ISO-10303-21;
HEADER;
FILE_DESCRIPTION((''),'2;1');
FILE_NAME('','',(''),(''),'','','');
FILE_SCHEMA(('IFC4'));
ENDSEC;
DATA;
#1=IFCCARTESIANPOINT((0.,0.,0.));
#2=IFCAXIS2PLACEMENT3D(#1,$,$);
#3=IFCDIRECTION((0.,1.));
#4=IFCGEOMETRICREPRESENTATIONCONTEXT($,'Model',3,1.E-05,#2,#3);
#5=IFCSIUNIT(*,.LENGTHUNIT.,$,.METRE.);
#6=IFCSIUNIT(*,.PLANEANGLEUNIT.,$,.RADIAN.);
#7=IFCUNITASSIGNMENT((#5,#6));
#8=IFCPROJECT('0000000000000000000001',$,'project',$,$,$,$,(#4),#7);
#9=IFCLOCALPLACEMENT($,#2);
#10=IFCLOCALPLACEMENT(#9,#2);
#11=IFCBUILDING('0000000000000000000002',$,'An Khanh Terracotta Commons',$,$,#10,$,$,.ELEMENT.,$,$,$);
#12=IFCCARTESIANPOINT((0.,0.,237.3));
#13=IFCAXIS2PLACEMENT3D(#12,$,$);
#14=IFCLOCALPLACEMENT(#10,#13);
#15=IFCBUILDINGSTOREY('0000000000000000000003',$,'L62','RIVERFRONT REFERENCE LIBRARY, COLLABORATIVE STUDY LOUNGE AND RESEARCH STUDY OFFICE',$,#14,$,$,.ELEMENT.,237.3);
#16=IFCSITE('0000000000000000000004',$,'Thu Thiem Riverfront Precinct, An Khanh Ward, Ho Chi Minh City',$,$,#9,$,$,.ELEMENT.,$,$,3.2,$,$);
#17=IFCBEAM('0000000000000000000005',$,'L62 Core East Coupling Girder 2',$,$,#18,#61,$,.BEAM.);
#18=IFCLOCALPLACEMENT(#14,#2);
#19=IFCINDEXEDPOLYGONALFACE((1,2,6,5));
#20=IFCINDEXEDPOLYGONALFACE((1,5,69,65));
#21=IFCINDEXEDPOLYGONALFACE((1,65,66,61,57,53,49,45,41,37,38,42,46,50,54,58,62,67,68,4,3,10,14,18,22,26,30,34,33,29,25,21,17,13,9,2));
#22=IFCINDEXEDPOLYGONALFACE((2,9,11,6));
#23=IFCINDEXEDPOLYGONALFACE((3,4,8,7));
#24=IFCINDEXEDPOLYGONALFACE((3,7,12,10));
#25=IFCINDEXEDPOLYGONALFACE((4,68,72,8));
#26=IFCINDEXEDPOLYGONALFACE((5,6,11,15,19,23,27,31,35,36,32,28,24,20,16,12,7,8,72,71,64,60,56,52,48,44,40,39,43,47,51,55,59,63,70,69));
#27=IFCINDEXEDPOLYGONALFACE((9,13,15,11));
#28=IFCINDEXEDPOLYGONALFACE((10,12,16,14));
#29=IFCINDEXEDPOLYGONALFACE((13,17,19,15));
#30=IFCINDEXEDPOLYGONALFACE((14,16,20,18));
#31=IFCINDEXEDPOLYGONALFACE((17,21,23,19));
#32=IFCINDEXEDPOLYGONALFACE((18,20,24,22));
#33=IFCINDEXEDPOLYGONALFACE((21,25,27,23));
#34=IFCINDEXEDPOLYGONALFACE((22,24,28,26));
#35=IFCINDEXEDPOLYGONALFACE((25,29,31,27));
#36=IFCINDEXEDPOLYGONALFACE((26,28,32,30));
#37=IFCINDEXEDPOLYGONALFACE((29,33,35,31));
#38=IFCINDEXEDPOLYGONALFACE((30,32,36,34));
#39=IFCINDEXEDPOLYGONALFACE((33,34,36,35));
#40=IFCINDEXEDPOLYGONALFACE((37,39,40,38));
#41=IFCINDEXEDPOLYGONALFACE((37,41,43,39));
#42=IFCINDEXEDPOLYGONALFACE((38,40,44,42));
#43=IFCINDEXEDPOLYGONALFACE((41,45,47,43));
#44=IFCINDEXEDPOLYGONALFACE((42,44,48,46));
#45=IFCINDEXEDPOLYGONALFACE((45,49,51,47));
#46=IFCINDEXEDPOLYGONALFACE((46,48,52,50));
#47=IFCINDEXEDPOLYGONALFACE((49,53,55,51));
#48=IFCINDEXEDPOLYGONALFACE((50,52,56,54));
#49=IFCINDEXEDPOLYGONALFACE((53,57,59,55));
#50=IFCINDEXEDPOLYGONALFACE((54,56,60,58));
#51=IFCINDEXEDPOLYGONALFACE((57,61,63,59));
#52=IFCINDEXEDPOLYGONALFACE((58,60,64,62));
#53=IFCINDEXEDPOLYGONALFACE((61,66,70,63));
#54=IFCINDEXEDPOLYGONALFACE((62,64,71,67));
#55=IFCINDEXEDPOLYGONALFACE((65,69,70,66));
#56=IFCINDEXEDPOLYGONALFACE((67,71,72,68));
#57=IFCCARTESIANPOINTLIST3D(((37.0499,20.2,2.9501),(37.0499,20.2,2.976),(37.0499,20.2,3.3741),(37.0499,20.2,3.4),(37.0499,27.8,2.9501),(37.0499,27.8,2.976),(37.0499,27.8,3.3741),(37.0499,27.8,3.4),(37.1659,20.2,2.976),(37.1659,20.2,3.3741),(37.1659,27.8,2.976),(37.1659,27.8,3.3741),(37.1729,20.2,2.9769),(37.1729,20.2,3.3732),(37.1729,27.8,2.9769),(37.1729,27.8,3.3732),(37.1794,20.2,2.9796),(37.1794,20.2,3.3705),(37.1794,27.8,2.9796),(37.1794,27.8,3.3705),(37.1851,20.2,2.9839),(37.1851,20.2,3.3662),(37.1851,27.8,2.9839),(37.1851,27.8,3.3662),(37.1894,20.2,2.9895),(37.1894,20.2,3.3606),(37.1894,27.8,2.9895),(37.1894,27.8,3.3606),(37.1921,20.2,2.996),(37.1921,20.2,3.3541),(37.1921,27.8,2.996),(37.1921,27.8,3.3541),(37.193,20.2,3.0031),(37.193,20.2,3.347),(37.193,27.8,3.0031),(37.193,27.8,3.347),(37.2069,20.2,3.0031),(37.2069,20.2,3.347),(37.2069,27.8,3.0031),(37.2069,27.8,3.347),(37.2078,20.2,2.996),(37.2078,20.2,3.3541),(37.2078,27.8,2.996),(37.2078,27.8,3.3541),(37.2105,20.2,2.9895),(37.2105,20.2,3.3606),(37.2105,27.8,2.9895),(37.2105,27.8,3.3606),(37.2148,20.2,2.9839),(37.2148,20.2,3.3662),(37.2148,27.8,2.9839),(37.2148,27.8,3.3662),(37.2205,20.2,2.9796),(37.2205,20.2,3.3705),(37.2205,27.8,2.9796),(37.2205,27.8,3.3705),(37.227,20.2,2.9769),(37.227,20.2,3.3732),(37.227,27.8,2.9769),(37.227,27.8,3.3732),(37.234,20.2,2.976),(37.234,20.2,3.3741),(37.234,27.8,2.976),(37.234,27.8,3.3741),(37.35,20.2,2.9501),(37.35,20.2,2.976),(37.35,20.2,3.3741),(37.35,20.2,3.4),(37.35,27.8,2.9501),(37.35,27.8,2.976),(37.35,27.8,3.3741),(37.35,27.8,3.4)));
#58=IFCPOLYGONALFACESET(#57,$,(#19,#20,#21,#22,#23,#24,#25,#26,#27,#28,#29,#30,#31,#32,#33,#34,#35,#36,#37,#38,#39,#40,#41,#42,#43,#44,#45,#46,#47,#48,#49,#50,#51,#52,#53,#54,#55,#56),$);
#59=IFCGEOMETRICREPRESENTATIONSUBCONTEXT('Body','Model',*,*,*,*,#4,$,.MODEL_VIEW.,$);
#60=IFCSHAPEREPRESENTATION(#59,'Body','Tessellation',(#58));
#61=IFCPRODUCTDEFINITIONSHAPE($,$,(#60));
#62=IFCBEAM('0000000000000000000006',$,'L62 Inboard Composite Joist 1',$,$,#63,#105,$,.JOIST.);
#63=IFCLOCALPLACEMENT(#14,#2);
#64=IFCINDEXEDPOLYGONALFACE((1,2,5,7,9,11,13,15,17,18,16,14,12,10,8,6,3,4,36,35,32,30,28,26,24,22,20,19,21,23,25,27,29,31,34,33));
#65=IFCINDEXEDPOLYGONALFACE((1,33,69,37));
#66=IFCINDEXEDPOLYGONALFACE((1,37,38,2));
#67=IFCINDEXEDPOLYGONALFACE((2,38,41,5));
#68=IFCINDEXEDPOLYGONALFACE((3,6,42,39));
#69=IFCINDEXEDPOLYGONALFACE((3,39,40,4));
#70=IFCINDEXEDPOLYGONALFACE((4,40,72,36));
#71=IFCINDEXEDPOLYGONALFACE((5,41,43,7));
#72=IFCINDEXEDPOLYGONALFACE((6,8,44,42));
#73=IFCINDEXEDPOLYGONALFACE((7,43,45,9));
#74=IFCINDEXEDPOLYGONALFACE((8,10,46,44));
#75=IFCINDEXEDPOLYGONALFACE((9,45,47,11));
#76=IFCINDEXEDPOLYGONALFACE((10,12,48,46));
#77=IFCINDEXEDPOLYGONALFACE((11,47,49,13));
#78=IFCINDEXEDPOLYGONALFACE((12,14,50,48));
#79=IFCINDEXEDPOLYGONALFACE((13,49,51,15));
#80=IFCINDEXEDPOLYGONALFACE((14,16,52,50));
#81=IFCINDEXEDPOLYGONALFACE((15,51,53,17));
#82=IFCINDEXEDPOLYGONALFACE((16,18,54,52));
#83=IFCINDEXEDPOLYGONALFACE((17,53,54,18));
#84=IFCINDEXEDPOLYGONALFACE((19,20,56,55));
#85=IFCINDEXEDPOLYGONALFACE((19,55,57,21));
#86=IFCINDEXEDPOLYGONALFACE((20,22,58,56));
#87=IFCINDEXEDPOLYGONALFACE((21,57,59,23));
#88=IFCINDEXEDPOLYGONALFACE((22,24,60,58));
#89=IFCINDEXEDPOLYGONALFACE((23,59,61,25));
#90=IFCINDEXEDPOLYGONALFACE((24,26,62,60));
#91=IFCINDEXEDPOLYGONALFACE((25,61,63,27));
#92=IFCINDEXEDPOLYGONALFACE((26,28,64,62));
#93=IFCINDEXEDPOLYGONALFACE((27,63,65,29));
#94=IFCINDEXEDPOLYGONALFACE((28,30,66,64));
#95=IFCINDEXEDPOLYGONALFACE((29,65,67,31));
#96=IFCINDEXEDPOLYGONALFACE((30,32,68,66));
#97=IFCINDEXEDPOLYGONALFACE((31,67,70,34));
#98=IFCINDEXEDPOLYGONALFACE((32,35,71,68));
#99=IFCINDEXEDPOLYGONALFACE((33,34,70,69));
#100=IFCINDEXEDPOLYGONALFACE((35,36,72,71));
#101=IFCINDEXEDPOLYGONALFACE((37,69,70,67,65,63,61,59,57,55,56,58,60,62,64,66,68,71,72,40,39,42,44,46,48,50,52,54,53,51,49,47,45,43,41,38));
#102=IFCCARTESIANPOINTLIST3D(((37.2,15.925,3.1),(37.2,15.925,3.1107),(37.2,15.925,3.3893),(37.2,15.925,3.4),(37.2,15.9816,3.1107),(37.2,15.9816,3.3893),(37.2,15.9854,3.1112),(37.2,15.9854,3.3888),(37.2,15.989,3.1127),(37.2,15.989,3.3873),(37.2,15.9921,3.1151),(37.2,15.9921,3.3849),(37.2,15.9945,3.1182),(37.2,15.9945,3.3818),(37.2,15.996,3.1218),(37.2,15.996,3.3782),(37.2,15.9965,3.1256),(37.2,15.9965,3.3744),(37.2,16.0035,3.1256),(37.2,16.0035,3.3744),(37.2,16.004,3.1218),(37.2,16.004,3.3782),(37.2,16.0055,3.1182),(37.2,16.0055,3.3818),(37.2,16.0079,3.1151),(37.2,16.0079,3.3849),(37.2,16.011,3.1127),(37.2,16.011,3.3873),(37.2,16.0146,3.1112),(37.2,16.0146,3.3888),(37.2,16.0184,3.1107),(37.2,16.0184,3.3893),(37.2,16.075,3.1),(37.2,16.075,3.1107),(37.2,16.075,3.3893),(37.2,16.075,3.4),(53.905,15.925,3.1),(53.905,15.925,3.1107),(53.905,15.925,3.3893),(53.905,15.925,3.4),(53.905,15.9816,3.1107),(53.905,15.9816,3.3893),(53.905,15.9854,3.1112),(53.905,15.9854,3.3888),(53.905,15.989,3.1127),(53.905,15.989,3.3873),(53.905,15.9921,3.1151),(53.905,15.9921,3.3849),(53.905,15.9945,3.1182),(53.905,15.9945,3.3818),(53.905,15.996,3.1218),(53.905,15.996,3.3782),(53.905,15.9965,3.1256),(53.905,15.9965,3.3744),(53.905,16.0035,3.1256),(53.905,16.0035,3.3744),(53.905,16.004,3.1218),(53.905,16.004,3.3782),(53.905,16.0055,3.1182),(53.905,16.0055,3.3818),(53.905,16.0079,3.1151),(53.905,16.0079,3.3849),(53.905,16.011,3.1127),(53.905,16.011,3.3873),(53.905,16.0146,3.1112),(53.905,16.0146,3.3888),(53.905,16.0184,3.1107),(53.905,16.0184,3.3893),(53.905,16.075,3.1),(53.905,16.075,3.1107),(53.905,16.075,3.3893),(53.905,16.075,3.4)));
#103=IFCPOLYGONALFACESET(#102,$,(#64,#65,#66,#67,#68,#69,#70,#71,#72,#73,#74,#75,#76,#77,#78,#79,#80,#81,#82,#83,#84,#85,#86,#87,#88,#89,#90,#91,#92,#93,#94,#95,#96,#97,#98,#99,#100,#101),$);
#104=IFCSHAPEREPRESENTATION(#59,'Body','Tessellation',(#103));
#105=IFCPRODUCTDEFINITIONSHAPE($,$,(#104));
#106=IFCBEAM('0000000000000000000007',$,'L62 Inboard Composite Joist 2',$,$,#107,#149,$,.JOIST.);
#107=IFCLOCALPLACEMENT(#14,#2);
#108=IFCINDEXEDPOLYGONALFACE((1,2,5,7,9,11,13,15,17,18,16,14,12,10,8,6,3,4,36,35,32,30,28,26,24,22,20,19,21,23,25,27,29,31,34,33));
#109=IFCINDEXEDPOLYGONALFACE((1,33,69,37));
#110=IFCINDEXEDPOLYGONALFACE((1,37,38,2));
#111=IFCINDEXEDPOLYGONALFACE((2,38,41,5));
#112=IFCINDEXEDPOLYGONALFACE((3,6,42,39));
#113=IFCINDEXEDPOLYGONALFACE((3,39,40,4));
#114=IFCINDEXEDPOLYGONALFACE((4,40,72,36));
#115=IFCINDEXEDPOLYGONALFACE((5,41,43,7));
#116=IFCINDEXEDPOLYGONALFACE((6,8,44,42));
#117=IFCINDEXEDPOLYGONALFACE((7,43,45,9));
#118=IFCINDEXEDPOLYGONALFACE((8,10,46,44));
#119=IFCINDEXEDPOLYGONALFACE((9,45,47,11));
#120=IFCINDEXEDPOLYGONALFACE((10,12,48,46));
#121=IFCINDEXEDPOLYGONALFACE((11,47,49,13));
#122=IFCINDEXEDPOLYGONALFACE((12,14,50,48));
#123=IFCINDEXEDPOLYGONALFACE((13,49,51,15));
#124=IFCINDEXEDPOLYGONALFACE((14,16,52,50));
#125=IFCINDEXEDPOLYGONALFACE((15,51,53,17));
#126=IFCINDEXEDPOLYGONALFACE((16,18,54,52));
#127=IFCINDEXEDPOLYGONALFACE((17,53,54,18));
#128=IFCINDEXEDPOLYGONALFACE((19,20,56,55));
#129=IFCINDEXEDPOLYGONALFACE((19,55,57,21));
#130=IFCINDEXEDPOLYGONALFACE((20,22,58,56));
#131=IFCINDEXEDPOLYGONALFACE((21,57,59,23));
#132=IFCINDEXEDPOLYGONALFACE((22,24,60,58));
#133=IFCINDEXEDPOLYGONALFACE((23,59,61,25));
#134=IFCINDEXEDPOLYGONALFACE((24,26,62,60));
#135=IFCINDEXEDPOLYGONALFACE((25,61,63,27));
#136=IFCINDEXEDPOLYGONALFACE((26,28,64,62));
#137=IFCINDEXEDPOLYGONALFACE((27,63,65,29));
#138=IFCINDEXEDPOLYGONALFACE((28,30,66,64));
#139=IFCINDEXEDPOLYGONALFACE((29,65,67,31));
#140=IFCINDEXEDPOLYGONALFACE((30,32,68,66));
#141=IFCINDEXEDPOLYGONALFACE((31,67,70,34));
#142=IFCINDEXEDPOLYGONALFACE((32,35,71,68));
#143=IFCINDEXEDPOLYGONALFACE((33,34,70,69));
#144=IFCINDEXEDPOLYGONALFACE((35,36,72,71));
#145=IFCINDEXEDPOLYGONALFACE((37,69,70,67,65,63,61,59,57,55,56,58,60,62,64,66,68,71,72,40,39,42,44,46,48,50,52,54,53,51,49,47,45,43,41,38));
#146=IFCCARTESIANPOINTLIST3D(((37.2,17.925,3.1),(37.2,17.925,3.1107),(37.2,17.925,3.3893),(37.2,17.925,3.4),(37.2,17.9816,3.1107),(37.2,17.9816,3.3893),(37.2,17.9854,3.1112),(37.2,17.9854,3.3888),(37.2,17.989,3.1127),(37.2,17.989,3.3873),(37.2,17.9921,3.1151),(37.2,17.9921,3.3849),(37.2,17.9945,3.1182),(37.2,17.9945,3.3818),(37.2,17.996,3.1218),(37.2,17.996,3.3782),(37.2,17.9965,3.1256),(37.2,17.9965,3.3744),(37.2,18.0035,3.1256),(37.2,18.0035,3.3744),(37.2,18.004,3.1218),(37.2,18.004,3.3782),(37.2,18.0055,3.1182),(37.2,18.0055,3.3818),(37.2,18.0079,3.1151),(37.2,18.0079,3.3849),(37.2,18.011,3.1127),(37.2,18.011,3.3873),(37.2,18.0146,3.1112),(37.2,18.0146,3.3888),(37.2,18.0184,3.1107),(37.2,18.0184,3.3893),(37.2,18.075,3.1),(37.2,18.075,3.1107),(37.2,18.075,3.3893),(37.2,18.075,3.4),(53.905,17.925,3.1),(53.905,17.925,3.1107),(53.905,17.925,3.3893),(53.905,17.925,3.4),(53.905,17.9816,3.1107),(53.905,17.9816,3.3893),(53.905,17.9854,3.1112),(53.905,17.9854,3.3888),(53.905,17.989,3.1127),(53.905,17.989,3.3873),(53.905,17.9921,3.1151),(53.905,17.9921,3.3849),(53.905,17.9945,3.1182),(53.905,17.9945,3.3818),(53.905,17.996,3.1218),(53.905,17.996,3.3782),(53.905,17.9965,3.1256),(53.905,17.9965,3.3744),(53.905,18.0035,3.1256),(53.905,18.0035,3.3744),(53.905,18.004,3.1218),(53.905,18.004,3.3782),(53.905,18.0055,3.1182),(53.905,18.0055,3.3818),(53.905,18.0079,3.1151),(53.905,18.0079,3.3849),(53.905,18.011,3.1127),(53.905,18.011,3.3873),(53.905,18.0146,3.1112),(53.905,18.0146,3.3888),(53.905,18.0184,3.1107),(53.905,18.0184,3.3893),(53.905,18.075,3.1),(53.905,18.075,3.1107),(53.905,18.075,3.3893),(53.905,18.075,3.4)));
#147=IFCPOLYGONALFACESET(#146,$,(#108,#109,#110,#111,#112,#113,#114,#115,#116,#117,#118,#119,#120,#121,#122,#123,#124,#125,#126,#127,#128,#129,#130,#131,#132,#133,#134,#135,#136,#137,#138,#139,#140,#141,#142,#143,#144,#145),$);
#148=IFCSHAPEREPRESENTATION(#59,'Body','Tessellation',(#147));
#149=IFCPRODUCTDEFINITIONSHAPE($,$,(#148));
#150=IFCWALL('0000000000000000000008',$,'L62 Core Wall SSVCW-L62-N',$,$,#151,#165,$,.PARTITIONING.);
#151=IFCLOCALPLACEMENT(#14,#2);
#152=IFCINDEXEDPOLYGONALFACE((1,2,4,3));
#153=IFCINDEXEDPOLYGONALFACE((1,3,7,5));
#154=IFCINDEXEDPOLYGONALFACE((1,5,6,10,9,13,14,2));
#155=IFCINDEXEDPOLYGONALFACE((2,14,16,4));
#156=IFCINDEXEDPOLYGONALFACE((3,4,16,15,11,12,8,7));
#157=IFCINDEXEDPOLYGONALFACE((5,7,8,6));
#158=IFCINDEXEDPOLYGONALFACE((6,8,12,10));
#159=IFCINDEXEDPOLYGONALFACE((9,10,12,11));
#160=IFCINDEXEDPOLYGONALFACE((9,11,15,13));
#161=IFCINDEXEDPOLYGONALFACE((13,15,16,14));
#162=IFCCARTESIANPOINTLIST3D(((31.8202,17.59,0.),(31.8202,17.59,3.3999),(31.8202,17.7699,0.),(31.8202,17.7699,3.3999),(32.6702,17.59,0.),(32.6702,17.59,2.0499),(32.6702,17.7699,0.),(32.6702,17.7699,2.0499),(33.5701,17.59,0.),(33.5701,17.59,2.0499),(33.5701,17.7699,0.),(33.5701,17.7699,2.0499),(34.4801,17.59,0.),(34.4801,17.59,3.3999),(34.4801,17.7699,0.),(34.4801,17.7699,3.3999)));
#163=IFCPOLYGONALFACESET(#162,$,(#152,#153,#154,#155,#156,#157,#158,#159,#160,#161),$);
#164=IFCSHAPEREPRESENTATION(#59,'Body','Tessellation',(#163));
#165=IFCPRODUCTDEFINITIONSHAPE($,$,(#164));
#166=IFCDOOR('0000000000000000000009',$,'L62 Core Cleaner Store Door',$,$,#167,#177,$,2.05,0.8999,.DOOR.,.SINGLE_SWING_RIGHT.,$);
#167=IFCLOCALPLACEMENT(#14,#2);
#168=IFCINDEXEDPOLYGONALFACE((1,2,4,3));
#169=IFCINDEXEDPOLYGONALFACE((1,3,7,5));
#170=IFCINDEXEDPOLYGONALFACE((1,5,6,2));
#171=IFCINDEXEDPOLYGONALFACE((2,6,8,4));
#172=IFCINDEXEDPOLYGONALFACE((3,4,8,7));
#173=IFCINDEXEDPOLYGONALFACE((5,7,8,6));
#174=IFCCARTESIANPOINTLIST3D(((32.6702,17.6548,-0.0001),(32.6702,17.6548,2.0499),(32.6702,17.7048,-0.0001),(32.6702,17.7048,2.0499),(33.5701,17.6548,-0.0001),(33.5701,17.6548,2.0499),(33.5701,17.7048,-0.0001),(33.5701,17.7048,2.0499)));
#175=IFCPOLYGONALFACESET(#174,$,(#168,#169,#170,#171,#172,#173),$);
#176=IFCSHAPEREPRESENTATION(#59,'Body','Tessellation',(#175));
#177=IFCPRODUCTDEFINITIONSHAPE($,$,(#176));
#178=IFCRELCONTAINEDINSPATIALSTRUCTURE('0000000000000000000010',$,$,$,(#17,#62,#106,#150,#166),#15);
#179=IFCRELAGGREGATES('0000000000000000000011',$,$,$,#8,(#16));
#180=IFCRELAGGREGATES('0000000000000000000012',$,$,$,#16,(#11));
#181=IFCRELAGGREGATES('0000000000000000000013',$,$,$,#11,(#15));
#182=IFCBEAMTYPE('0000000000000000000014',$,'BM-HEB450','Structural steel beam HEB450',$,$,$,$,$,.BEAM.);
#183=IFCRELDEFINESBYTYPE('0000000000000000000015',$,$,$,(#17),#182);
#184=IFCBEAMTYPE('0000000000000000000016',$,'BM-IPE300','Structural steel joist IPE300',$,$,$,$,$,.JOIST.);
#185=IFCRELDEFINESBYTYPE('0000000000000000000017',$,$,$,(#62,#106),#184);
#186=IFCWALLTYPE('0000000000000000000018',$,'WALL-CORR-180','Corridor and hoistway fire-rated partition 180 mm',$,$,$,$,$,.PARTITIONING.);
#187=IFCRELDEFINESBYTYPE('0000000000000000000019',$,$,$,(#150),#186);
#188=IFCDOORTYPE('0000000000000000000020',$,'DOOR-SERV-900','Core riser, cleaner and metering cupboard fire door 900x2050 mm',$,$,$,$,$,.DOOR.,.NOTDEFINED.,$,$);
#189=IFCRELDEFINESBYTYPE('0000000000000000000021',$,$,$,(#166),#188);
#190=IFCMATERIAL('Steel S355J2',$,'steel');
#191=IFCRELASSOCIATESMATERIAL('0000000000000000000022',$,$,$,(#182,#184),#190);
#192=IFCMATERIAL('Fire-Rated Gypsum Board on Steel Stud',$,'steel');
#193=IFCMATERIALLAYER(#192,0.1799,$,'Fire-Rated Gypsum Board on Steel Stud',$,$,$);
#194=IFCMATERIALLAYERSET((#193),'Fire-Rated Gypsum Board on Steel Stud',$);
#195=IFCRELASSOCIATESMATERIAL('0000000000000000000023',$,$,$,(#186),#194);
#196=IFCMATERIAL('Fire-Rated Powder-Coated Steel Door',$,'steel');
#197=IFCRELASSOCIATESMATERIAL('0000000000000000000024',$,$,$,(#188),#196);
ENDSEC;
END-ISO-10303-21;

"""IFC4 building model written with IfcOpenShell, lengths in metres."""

from ifc_helpers import new_model, si_unit, direction, frame, frame_2d, origin, origin_2d, place, context, subcontext, project, spatial, rectangle, i_section, extrude, material, layer, layer_set, material_profile, profile_set, type_object, element, fill, save


model = new_model("IFC4")

# Units and contexts
model_context = context("Model", 3, precision=1e-05, world=origin(), true_north=direction((0.0, 1.0)))
body_context = subcontext(model_context, "Body", "Model", "MODEL_VIEW")
ifc_project = project(units=[si_unit("LENGTHUNIT", "METRE"), si_unit("PLANEANGLEUNIT", "RADIAN")], contexts=[model_context])

# Site, building, storey
site_placement = place(None, origin())
site = spatial("IfcSite", under=ifc_project, at=site_placement, Name="Thu Thiem Riverfront Precinct, An Khanh Ward, Ho Chi Minh City", CompositionType="ELEMENT", RefElevation=3.2)
building_placement = place(site_placement, origin())
building = spatial("IfcBuilding", under=site, at=building_placement, Name="An Khanh Terracotta Commons", CompositionType="ELEMENT")
storey_placement = place(building_placement, frame((0.0, 0.0, 237.3)))
storey = spatial("IfcBuildingStorey", under=building, at=storey_placement, Name="L62", Description="RIVERFRONT REFERENCE LIBRARY, COLLABORATIVE STUDY LOUNGE AND RESEARCH STUDY OFFICE", CompositionType="ELEMENT", Elevation=237.3)

# Beams
ifc_material_1 = material(Name="Steel S355J2", Category="steel")
ifc_material_profile_1 = material_profile(ifc_material_1, i_section(OverallWidth=0.3, OverallDepth=0.45, WebThickness=0.0139, FlangeThickness=0.0259, FilletRadius=0.0271, at=origin_2d()), Name="HEB450")
ifc_profile_set_1 = profile_set([ifc_material_profile_1], Name="Steel S355J2")
beam_type_1 = type_object("IfcBeamType", Name="BM-HEB450", Description="Structural steel beam HEB450", PredefinedType="BEAM", material=ifc_profile_set_1)
beam_1_placement = place(storey_placement, frame((37.2, 20.2, 3.175), z_axis=(0.0, 1.0, 0.0), x_axis=(-1.0, 0.0, 0.0)))
element("IfcBeam", 1, at=beam_1_placement, inside=storey, type_object=beam_type_1, Name="L62 Core East Coupling Girder 2", PredefinedType="BEAM", context=body_context, shape_type="SweptSolid", body=[
    extrude(i_section(OverallWidth=0.3, OverallDepth=0.45, WebThickness=0.0139, FlangeThickness=0.0259, FilletRadius=0.0271, at=origin_2d()), origin(), (0.0, 0.0, 1.0), 7.6001),
])
ifc_material_profile_2 = material_profile(ifc_material_1, i_section(OverallWidth=0.1499, OverallDepth=0.3, WebThickness=0.0071, FlangeThickness=0.0107, FilletRadius=0.0149, at=origin_2d()), Name="IPE300")
ifc_profile_set_2 = profile_set([ifc_material_profile_2], Name="Steel S355J2")
beam_type_2 = type_object("IfcBeamType", Name="BM-IPE300", Description="Structural steel joist IPE300", PredefinedType="JOIST", material=ifc_profile_set_2)
for number, where, z_axis, x_axis, name in (
    (2, (37.2, 16.0, 3.25), (1.0, 0.0, 0.0), (0.0, 1.0, 0.0), "L62 Inboard Composite Joist 1"),
    (3, (37.2, 18.0, 3.25), (1.0, 0.0, 0.0), (0.0, 1.0, 0.0), "L62 Inboard Composite Joist 2"),
):
    element("IfcBeam", number, at=place(storey_placement, frame(where, z_axis=z_axis, x_axis=x_axis)), inside=storey, type_object=beam_type_2, Name=name, PredefinedType="JOIST", context=body_context, shape_type="SweptSolid", body=[
        extrude(i_section(OverallWidth=0.1499, OverallDepth=0.3, WebThickness=0.0071, FlangeThickness=0.0107, FilletRadius=0.0149, at=origin_2d()), origin(), (0.0, 0.0, 1.0), 16.7051),
    ])

# Wall, opening, door
ifc_material_2 = material(Name="Fire-Rated Gypsum Board on Steel Stud", Category="steel")
ifc_layer_1 = layer(ifc_material_2, 0.1799, Name="Fire-Rated Gypsum Board on Steel Stud")
ifc_layer_set_1 = layer_set([ifc_layer_1], Name="Fire-Rated Gypsum Board on Steel Stud")
wall_type_1 = type_object("IfcWallType", Name="WALL-CORR-180", Description="Corridor and hoistway fire-rated partition 180 mm", PredefinedType="PARTITIONING", material=ifc_layer_set_1)
wall_1_placement = place(storey_placement, frame((31.8201, 17.6799, 0.0), z_axis=(0.0, 0.0, 1.0), x_axis=(1.0, 0.0, 0.0)))
wall_1 = element("IfcWall", 4, at=wall_1_placement, inside=storey, type_object=wall_type_1, Name="L62 Core Wall SSVCW-L62-N", PredefinedType="PARTITIONING", context=body_context, shape_type="SweptSolid", body=[
    extrude(rectangle(XDim=2.6599, YDim=0.1799, at=frame_2d((1.3301, 0.0))), origin(), (0.0, 0.0, 1.0), 3.3999),
])
opening_1_placement = place(wall_1_placement, frame((0.8501, 0.0, 0.0)))
opening_1 = element("IfcOpeningElement", 5, at=opening_1_placement, cuts=wall_1, PredefinedType="OPENING", context=body_context, shape_type="SweptSolid", body=[
    extrude(rectangle(XDim=0.8999, YDim=2.05, at=frame_2d((0.45, 1.0249))), frame((0.0, 0.0999, 0.0), z_axis=(0.0, -1.0, 0.0), x_axis=(1.0, 0.0, 0.0)), (0.0, 0.0, 1.0), 0.2),
])
ifc_material_3 = material(Name="Fire-Rated Powder-Coated Steel Door", Category="steel")
door_type_1 = type_object("IfcDoorType", Name="DOOR-SERV-900", Description="Core riser, cleaner and metering cupboard fire door 900x2050 mm", OperationType="NOTDEFINED", PredefinedType="DOOR", material=ifc_material_3)
door_1_placement = place(opening_1_placement, origin())
door_1 = element("IfcDoor", 6, at=door_1_placement, inside=storey, type_object=door_type_1, Name="L62 Core Cleaner Store Door", OperationType="SINGLE_SWING_RIGHT", OverallHeight=2.05, OverallWidth=0.8999, PredefinedType="DOOR", context=body_context, shape_type="SweptSolid", body=[
    extrude(rectangle(XDim=0.8999, YDim=2.05, at=frame_2d((0.45, 1.0249))), frame((0.0, 0.0249, 0.0), z_axis=(0.0, -1.0, 0.0), x_axis=(1.0, 0.0, 0.0)), (0.0, 0.0, 1.0), 0.05),
])
fill(opening_1, door_1)

save(model, "model.ifc")
